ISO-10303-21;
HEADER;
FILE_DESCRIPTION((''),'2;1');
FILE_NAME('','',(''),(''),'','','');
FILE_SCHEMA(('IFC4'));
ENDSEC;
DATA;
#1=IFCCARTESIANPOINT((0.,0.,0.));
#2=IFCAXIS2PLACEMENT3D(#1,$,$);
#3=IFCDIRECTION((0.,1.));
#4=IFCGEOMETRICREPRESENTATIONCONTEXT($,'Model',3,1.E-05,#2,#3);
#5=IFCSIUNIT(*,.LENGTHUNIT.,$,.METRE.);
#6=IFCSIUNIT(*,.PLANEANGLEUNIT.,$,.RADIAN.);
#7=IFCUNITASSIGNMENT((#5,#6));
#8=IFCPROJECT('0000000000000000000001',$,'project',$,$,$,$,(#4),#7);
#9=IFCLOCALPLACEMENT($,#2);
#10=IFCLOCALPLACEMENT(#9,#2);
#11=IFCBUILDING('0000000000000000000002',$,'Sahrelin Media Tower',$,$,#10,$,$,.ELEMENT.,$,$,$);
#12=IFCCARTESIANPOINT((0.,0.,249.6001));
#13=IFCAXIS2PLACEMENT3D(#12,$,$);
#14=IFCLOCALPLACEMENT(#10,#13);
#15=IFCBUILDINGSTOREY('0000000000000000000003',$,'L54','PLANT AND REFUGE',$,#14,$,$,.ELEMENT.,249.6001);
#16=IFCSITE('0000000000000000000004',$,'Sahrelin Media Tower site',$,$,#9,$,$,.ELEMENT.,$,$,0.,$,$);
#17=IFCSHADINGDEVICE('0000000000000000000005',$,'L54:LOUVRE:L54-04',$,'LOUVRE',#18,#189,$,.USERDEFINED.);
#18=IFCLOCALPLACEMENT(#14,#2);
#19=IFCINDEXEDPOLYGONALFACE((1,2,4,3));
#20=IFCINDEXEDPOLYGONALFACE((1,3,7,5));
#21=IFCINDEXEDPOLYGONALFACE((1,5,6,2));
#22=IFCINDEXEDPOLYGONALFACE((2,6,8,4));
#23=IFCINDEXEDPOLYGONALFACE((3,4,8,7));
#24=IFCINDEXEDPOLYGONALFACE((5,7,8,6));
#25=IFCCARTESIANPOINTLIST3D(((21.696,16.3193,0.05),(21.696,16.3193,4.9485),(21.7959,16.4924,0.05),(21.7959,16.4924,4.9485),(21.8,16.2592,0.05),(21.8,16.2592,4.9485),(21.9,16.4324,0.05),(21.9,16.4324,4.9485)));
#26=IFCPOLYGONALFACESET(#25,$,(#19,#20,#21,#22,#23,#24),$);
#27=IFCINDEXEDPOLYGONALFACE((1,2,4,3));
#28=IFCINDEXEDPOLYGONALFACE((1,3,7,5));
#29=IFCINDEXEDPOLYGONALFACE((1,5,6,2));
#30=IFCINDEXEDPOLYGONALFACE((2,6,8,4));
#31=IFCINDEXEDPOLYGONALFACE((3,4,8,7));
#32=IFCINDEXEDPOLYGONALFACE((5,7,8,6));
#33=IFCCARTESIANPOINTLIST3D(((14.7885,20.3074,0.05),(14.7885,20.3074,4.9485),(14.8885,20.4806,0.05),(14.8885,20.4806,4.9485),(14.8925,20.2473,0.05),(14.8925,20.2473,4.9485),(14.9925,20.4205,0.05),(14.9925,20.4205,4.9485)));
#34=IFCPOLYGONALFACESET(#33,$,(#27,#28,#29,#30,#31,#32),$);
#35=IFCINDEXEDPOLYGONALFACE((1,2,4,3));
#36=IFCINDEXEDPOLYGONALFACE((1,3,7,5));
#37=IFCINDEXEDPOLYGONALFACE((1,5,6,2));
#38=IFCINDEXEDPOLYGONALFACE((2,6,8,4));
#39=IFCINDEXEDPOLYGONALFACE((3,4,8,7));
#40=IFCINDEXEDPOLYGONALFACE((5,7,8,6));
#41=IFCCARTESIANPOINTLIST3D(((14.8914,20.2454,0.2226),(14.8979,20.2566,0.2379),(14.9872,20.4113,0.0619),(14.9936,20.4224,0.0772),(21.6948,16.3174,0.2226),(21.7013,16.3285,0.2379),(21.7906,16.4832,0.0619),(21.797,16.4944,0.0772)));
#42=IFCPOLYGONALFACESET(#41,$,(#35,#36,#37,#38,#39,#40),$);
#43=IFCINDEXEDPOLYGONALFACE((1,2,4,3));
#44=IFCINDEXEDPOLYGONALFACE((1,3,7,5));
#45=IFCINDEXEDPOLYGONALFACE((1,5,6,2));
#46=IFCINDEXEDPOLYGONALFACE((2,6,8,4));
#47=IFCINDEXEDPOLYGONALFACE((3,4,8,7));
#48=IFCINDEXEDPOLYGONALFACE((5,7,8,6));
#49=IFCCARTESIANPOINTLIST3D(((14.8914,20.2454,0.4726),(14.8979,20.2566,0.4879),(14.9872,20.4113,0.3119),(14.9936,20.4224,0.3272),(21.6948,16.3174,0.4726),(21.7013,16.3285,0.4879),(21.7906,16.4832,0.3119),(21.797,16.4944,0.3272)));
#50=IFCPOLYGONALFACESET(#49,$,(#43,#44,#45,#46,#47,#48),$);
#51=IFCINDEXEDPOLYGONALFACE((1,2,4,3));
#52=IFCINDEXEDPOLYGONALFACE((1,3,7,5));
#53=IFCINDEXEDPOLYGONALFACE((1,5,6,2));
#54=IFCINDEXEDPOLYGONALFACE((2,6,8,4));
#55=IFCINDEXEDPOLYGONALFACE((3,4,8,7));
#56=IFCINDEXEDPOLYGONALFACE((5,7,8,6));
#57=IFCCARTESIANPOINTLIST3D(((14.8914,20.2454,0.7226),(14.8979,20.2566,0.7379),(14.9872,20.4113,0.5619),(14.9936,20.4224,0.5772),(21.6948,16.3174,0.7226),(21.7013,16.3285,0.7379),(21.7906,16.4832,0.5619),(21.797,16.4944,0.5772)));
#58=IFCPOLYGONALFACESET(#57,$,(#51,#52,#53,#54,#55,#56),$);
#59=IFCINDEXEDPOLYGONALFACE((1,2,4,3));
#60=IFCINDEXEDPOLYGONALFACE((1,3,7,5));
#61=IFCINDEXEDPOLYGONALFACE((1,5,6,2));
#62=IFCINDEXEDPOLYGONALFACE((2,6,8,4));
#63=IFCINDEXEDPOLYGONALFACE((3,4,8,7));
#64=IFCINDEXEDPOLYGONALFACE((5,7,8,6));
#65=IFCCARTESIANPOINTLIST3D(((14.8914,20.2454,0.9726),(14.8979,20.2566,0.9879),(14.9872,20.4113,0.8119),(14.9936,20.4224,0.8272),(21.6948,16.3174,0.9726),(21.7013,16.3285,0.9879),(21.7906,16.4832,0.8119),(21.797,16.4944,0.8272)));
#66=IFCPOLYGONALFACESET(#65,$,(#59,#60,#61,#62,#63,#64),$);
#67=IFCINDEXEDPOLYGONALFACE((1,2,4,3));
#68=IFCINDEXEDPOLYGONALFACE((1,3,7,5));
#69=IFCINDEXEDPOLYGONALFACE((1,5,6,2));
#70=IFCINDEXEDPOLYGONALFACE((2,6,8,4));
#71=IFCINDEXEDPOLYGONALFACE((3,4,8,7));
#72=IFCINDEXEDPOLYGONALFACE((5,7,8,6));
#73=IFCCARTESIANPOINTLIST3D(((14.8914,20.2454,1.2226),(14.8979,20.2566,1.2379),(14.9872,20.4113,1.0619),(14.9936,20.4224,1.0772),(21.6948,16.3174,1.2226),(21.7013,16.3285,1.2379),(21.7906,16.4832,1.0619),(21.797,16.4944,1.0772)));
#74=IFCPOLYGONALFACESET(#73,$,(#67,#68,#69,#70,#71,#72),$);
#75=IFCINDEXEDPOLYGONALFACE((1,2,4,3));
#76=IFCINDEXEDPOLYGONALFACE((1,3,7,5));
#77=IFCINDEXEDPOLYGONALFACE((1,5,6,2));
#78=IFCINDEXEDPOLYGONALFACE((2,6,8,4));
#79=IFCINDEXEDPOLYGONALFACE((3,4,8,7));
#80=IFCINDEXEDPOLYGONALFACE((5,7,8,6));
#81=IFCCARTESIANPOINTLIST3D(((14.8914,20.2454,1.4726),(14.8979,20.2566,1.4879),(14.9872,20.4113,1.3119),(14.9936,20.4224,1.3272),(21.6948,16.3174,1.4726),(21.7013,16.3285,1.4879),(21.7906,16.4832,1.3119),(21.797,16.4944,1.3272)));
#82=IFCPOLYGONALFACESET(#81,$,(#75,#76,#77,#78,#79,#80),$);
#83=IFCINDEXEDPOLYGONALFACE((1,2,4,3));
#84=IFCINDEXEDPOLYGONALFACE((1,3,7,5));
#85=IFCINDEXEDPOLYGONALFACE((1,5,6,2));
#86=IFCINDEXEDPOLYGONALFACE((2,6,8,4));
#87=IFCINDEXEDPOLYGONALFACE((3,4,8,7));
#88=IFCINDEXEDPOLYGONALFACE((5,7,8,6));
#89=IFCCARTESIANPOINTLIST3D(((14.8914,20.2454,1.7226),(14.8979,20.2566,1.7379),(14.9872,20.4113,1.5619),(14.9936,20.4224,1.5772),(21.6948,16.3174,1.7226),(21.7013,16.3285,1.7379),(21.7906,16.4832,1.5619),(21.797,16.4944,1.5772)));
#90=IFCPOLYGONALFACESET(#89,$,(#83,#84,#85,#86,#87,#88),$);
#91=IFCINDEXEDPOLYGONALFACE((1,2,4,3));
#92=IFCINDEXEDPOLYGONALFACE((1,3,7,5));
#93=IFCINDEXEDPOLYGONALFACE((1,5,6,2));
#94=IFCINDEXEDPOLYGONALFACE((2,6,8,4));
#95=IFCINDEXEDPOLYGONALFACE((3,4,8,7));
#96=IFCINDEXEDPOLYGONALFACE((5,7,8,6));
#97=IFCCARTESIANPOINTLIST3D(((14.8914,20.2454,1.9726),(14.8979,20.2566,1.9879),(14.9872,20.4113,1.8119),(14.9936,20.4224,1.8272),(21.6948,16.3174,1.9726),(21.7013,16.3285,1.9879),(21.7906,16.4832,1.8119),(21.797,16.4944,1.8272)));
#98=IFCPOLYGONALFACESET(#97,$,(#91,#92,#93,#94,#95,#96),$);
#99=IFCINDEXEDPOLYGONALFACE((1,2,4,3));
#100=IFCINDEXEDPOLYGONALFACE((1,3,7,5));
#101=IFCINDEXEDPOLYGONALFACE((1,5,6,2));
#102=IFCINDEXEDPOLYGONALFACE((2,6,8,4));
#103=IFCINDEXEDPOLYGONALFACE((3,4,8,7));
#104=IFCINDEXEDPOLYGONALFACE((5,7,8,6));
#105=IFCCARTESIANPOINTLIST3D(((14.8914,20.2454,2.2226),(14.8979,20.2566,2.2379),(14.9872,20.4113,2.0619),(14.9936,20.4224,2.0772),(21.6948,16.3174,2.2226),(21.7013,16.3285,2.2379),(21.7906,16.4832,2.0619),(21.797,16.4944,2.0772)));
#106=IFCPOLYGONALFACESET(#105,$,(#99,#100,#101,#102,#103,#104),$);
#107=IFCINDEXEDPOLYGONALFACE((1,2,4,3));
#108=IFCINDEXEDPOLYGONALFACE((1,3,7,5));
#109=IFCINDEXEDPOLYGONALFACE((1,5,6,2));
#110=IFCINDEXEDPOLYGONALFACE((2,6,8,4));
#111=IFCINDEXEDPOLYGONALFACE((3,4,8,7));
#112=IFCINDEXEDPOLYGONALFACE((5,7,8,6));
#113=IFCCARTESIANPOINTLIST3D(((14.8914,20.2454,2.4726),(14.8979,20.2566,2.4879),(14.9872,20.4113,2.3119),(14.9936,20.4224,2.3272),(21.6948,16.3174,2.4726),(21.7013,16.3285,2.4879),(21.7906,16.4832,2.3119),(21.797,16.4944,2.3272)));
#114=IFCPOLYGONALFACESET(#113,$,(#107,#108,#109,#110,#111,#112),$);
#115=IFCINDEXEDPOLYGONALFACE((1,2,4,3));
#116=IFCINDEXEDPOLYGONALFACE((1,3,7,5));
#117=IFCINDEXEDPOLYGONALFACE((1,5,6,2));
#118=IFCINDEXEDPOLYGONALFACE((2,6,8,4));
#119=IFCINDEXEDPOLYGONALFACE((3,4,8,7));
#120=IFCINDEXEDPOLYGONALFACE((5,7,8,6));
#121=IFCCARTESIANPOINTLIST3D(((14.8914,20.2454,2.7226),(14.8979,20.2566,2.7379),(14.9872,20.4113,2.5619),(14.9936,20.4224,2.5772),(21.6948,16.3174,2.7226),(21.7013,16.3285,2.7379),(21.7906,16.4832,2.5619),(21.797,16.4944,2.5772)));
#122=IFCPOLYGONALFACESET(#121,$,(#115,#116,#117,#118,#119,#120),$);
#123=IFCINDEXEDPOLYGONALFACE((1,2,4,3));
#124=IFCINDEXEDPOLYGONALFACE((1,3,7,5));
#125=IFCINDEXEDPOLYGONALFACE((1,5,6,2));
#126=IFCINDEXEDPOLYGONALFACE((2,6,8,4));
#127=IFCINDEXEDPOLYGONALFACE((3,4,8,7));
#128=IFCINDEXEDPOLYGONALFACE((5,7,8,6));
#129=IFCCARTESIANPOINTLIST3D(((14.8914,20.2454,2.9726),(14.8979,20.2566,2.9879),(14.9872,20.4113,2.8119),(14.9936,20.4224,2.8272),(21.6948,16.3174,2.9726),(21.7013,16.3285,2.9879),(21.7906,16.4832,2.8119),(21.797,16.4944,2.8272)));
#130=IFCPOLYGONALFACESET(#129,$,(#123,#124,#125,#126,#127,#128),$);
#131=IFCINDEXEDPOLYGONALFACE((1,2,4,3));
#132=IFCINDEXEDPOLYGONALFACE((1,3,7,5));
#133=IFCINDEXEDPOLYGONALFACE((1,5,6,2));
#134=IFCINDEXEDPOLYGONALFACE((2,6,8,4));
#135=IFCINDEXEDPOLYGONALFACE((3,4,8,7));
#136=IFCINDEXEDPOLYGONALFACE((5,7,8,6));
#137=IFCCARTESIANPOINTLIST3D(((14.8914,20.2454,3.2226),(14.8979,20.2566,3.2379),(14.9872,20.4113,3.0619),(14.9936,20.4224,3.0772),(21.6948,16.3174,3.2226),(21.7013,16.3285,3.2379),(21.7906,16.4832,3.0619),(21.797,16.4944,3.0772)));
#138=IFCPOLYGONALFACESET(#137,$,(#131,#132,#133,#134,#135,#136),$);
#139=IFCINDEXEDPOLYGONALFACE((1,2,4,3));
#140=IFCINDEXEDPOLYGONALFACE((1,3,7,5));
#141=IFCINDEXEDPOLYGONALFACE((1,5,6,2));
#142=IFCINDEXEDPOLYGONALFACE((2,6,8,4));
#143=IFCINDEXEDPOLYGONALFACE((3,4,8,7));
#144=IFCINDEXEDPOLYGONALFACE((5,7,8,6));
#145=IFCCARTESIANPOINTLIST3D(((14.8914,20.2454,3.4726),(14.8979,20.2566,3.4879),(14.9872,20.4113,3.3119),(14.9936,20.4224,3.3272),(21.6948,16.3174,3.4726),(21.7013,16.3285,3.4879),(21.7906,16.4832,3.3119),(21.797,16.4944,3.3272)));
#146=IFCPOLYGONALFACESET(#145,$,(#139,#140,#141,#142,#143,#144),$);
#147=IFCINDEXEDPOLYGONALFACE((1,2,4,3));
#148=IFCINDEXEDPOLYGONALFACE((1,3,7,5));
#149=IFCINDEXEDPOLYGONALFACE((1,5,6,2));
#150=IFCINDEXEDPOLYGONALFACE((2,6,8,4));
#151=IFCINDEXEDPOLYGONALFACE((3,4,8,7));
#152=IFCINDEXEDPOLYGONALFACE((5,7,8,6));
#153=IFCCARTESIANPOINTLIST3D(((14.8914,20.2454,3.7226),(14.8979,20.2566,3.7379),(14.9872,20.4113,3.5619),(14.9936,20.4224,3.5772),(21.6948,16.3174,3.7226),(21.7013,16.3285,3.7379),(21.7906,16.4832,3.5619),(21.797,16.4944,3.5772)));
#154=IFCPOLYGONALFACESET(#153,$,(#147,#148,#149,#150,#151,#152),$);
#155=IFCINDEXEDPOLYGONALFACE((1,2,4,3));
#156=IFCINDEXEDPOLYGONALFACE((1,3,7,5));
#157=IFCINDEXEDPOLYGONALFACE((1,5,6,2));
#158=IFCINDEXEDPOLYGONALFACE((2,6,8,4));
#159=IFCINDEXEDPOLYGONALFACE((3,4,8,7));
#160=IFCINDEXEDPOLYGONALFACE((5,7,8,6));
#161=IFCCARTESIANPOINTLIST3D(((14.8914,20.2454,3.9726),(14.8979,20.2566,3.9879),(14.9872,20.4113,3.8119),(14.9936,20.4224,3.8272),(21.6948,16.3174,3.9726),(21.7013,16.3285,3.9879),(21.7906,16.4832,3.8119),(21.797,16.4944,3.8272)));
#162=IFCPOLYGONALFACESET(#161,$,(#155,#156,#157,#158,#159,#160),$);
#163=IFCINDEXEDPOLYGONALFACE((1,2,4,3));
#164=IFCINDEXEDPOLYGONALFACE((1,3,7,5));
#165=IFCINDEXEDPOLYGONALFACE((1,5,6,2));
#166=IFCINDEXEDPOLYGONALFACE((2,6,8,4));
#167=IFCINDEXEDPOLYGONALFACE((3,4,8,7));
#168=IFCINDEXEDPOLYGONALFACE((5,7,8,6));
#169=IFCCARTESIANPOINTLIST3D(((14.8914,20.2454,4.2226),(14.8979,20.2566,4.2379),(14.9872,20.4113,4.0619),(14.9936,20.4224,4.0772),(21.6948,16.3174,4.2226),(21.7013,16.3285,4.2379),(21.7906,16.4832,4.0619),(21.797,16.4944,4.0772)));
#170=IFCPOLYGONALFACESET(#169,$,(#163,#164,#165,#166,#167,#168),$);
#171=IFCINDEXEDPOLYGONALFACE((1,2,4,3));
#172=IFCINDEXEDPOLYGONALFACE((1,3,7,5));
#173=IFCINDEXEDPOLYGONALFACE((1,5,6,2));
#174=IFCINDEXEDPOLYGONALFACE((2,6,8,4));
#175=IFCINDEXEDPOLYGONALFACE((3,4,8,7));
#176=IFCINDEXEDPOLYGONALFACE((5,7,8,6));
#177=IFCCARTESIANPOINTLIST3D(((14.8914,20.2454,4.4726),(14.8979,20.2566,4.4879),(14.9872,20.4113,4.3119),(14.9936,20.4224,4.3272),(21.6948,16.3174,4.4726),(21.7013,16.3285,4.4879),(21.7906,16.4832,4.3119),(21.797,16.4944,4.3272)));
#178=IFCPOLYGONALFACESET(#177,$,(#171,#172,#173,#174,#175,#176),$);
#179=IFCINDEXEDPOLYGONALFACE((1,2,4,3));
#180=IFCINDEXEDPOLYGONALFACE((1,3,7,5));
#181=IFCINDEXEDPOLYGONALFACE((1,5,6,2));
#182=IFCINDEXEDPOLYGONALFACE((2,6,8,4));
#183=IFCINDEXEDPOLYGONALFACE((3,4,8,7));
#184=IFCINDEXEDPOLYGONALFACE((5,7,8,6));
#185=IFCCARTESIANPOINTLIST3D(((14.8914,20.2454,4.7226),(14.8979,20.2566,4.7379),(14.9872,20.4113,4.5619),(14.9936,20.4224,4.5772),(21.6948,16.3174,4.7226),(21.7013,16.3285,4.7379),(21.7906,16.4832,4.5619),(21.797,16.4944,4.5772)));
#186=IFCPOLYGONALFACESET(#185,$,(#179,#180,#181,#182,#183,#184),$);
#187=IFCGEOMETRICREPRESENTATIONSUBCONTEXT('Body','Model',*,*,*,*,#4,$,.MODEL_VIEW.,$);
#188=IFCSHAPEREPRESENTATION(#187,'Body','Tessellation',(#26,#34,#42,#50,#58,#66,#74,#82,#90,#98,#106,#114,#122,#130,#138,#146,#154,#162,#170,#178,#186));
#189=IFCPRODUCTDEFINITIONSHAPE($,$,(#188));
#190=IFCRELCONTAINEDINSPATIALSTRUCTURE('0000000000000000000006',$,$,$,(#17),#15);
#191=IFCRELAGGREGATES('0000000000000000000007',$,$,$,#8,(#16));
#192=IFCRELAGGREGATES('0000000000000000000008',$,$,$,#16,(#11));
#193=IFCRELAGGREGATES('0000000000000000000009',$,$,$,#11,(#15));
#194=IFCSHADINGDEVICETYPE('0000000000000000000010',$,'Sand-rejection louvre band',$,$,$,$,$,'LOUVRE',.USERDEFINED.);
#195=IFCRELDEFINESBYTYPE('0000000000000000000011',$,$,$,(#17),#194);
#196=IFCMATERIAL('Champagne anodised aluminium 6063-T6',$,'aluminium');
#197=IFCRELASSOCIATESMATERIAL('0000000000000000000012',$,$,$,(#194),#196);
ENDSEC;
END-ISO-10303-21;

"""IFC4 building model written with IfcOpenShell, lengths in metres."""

from ifc_helpers import new_model, si_unit, direction, frame, origin, origin_2d, place, context, subcontext, project, spatial, rectangle, extrude, material, type_object, element, save


model = new_model("IFC4")

# Units and contexts
model_context = context("Model", 3, precision=1e-05, world=origin(), true_north=direction((0.0, 1.0)))
body_context = subcontext(model_context, "Body", "Model", "MODEL_VIEW")
ifc_project = project(units=[si_unit("LENGTHUNIT", "METRE"), si_unit("PLANEANGLEUNIT", "RADIAN")], contexts=[model_context])

# Site, building, storey
site_placement = place(None, origin())
site = spatial("IfcSite", under=ifc_project, at=site_placement, Name="Sahrelin Media Tower site", CompositionType="ELEMENT", RefElevation=0.0)
building_placement = place(site_placement, origin())
building = spatial("IfcBuilding", under=site, at=building_placement, Name="Sahrelin Media Tower", CompositionType="ELEMENT")
storey_placement = place(building_placement, frame((0.0, 0.0, 249.6001)))
storey = spatial("IfcBuildingStorey", under=building, at=storey_placement, Name="L54", Description="PLANT AND REFUGE", CompositionType="ELEMENT", Elevation=249.6001)

# Shading device
ifc_material_1 = material(Name="Champagne anodised aluminium 6063-T6", Category="aluminium")
shading_device_type = type_object("IfcShadingDeviceType", Name="Sand-rejection louvre band", ElementType="LOUVRE", PredefinedType="USERDEFINED", material=ifc_material_1)
shading_device_1_placement = place(storey_placement, frame((18.2942, 18.2832, 0.0), z_axis=(0.0, 0.0, 1.0), x_axis=(0.866019, -0.500011, 0.0)))
element("IfcShadingDevice", 1, at=shading_device_1_placement, inside=storey, type_object=shading_device_type, Name="L54:LOUVRE:L54-04", ObjectType="LOUVRE", PredefinedType="USERDEFINED", context=body_context, shape_type="SweptSolid", body=[
    extrude(rectangle(XDim=0.1201, YDim=0.2, at=origin_2d()), frame((3.988, 0.1001, 0.05), z_axis=(0.0, 0.0, 1.0), x_axis=(1.0, 0.0, 0.0)), (0.0, 0.0, 1.0), 4.8984),
    extrude(rectangle(XDim=0.1201, YDim=0.2, at=origin_2d()), frame((-3.988, 0.1001, 0.05), z_axis=(0.0, 0.0, 1.0), x_axis=(1.0, 0.0, 0.0)), (0.0, 0.0, 1.0), 4.8984),
    extrude(rectangle(XDim=0.25, YDim=0.02, at=origin_2d()), frame((3.928, 0.1001, 0.1499), z_axis=(-1.0, 0.0, 0.0), x_axis=(0.0, -0.766044, 0.642788)), (0.0, 0.0, 1.0), 7.856),
    extrude(rectangle(XDim=0.25, YDim=0.02, at=origin_2d()), frame((3.928, 0.1001, 0.3999), z_axis=(-1.0, 0.0, 0.0), x_axis=(0.0, -0.766044, 0.642788)), (0.0, 0.0, 1.0), 7.856),
    extrude(rectangle(XDim=0.25, YDim=0.02, at=origin_2d()), frame((3.928, 0.1001, 0.6499), z_axis=(-1.0, 0.0, 0.0), x_axis=(0.0, -0.766044, 0.642788)), (0.0, 0.0, 1.0), 7.856),
    extrude(rectangle(XDim=0.25, YDim=0.02, at=origin_2d()), frame((3.928, 0.1001, 0.8999), z_axis=(-1.0, 0.0, 0.0), x_axis=(0.0, -0.766044, 0.642788)), (0.0, 0.0, 1.0), 7.856),
    extrude(rectangle(XDim=0.25, YDim=0.02, at=origin_2d()), frame((3.928, 0.1001, 1.1499), z_axis=(-1.0, 0.0, 0.0), x_axis=(0.0, -0.766044, 0.642788)), (0.0, 0.0, 1.0), 7.856),
    extrude(rectangle(XDim=0.25, YDim=0.02, at=origin_2d()), frame((3.928, 0.1001, 1.3999), z_axis=(-1.0, 0.0, 0.0), x_axis=(0.0, -0.766044, 0.642788)), (0.0, 0.0, 1.0), 7.856),
    extrude(rectangle(XDim=0.25, YDim=0.02, at=origin_2d()), frame((3.928, 0.1001, 1.6499), z_axis=(-1.0, 0.0, 0.0), x_axis=(0.0, -0.766044, 0.642788)), (0.0, 0.0, 1.0), 7.856),
    extrude(rectangle(XDim=0.25, YDim=0.02, at=origin_2d()), frame((3.928, 0.1001, 1.8999), z_axis=(-1.0, 0.0, 0.0), x_axis=(0.0, -0.766044, 0.642788)), (0.0, 0.0, 1.0), 7.856),
    extrude(rectangle(XDim=0.25, YDim=0.02, at=origin_2d()), frame((3.928, 0.1001, 2.1499), z_axis=(-1.0, 0.0, 0.0), x_axis=(0.0, -0.766044, 0.642788)), (0.0, 0.0, 1.0), 7.856),
    extrude(rectangle(XDim=0.25, YDim=0.02, at=origin_2d()), frame((3.928, 0.1001, 2.3999), z_axis=(-1.0, 0.0, 0.0), x_axis=(0.0, -0.766044, 0.642788)), (0.0, 0.0, 1.0), 7.856),
    extrude(rectangle(XDim=0.25, YDim=0.02, at=origin_2d()), frame((3.928, 0.1001, 2.6499), z_axis=(-1.0, 0.0, 0.0), x_axis=(0.0, -0.766044, 0.642788)), (0.0, 0.0, 1.0), 7.856),
    extrude(rectangle(XDim=0.25, YDim=0.02, at=origin_2d()), frame((3.928, 0.1001, 2.8999), z_axis=(-1.0, 0.0, 0.0), x_axis=(0.0, -0.766044, 0.642788)), (0.0, 0.0, 1.0), 7.856),
    extrude(rectangle(XDim=0.25, YDim=0.02, at=origin_2d()), frame((3.928, 0.1001, 3.1499), z_axis=(-1.0, 0.0, 0.0), x_axis=(0.0, -0.766044, 0.642788)), (0.0, 0.0, 1.0), 7.856),
    extrude(rectangle(XDim=0.25, YDim=0.02, at=origin_2d()), frame((3.928, 0.1001, 3.3999), z_axis=(-1.0, 0.0, 0.0), x_axis=(0.0, -0.766044, 0.642788)), (0.0, 0.0, 1.0), 7.856),
    extrude(rectangle(XDim=0.25, YDim=0.02, at=origin_2d()), frame((3.928, 0.1001, 3.6499), z_axis=(-1.0, 0.0, 0.0), x_axis=(0.0, -0.766044, 0.642788)), (0.0, 0.0, 1.0), 7.856),
    extrude(rectangle(XDim=0.25, YDim=0.02, at=origin_2d()), frame((3.928, 0.1001, 3.8999), z_axis=(-1.0, 0.0, 0.0), x_axis=(0.0, -0.766044, 0.642788)), (0.0, 0.0, 1.0), 7.856),
    extrude(rectangle(XDim=0.25, YDim=0.02, at=origin_2d()), frame((3.928, 0.1001, 4.1499), z_axis=(-1.0, 0.0, 0.0), x_axis=(0.0, -0.766044, 0.642788)), (0.0, 0.0, 1.0), 7.856),
    extrude(rectangle(XDim=0.25, YDim=0.02, at=origin_2d()), frame((3.928, 0.1001, 4.3999), z_axis=(-1.0, 0.0, 0.0), x_axis=(0.0, -0.766044, 0.642788)), (0.0, 0.0, 1.0), 7.856),
    extrude(rectangle(XDim=0.25, YDim=0.02, at=origin_2d()), frame((3.928, 0.1001, 4.6499), z_axis=(-1.0, 0.0, 0.0), x_axis=(0.0, -0.766044, 0.642788)), (0.0, 0.0, 1.0), 7.856),
])

save(model, "model.ifc")
